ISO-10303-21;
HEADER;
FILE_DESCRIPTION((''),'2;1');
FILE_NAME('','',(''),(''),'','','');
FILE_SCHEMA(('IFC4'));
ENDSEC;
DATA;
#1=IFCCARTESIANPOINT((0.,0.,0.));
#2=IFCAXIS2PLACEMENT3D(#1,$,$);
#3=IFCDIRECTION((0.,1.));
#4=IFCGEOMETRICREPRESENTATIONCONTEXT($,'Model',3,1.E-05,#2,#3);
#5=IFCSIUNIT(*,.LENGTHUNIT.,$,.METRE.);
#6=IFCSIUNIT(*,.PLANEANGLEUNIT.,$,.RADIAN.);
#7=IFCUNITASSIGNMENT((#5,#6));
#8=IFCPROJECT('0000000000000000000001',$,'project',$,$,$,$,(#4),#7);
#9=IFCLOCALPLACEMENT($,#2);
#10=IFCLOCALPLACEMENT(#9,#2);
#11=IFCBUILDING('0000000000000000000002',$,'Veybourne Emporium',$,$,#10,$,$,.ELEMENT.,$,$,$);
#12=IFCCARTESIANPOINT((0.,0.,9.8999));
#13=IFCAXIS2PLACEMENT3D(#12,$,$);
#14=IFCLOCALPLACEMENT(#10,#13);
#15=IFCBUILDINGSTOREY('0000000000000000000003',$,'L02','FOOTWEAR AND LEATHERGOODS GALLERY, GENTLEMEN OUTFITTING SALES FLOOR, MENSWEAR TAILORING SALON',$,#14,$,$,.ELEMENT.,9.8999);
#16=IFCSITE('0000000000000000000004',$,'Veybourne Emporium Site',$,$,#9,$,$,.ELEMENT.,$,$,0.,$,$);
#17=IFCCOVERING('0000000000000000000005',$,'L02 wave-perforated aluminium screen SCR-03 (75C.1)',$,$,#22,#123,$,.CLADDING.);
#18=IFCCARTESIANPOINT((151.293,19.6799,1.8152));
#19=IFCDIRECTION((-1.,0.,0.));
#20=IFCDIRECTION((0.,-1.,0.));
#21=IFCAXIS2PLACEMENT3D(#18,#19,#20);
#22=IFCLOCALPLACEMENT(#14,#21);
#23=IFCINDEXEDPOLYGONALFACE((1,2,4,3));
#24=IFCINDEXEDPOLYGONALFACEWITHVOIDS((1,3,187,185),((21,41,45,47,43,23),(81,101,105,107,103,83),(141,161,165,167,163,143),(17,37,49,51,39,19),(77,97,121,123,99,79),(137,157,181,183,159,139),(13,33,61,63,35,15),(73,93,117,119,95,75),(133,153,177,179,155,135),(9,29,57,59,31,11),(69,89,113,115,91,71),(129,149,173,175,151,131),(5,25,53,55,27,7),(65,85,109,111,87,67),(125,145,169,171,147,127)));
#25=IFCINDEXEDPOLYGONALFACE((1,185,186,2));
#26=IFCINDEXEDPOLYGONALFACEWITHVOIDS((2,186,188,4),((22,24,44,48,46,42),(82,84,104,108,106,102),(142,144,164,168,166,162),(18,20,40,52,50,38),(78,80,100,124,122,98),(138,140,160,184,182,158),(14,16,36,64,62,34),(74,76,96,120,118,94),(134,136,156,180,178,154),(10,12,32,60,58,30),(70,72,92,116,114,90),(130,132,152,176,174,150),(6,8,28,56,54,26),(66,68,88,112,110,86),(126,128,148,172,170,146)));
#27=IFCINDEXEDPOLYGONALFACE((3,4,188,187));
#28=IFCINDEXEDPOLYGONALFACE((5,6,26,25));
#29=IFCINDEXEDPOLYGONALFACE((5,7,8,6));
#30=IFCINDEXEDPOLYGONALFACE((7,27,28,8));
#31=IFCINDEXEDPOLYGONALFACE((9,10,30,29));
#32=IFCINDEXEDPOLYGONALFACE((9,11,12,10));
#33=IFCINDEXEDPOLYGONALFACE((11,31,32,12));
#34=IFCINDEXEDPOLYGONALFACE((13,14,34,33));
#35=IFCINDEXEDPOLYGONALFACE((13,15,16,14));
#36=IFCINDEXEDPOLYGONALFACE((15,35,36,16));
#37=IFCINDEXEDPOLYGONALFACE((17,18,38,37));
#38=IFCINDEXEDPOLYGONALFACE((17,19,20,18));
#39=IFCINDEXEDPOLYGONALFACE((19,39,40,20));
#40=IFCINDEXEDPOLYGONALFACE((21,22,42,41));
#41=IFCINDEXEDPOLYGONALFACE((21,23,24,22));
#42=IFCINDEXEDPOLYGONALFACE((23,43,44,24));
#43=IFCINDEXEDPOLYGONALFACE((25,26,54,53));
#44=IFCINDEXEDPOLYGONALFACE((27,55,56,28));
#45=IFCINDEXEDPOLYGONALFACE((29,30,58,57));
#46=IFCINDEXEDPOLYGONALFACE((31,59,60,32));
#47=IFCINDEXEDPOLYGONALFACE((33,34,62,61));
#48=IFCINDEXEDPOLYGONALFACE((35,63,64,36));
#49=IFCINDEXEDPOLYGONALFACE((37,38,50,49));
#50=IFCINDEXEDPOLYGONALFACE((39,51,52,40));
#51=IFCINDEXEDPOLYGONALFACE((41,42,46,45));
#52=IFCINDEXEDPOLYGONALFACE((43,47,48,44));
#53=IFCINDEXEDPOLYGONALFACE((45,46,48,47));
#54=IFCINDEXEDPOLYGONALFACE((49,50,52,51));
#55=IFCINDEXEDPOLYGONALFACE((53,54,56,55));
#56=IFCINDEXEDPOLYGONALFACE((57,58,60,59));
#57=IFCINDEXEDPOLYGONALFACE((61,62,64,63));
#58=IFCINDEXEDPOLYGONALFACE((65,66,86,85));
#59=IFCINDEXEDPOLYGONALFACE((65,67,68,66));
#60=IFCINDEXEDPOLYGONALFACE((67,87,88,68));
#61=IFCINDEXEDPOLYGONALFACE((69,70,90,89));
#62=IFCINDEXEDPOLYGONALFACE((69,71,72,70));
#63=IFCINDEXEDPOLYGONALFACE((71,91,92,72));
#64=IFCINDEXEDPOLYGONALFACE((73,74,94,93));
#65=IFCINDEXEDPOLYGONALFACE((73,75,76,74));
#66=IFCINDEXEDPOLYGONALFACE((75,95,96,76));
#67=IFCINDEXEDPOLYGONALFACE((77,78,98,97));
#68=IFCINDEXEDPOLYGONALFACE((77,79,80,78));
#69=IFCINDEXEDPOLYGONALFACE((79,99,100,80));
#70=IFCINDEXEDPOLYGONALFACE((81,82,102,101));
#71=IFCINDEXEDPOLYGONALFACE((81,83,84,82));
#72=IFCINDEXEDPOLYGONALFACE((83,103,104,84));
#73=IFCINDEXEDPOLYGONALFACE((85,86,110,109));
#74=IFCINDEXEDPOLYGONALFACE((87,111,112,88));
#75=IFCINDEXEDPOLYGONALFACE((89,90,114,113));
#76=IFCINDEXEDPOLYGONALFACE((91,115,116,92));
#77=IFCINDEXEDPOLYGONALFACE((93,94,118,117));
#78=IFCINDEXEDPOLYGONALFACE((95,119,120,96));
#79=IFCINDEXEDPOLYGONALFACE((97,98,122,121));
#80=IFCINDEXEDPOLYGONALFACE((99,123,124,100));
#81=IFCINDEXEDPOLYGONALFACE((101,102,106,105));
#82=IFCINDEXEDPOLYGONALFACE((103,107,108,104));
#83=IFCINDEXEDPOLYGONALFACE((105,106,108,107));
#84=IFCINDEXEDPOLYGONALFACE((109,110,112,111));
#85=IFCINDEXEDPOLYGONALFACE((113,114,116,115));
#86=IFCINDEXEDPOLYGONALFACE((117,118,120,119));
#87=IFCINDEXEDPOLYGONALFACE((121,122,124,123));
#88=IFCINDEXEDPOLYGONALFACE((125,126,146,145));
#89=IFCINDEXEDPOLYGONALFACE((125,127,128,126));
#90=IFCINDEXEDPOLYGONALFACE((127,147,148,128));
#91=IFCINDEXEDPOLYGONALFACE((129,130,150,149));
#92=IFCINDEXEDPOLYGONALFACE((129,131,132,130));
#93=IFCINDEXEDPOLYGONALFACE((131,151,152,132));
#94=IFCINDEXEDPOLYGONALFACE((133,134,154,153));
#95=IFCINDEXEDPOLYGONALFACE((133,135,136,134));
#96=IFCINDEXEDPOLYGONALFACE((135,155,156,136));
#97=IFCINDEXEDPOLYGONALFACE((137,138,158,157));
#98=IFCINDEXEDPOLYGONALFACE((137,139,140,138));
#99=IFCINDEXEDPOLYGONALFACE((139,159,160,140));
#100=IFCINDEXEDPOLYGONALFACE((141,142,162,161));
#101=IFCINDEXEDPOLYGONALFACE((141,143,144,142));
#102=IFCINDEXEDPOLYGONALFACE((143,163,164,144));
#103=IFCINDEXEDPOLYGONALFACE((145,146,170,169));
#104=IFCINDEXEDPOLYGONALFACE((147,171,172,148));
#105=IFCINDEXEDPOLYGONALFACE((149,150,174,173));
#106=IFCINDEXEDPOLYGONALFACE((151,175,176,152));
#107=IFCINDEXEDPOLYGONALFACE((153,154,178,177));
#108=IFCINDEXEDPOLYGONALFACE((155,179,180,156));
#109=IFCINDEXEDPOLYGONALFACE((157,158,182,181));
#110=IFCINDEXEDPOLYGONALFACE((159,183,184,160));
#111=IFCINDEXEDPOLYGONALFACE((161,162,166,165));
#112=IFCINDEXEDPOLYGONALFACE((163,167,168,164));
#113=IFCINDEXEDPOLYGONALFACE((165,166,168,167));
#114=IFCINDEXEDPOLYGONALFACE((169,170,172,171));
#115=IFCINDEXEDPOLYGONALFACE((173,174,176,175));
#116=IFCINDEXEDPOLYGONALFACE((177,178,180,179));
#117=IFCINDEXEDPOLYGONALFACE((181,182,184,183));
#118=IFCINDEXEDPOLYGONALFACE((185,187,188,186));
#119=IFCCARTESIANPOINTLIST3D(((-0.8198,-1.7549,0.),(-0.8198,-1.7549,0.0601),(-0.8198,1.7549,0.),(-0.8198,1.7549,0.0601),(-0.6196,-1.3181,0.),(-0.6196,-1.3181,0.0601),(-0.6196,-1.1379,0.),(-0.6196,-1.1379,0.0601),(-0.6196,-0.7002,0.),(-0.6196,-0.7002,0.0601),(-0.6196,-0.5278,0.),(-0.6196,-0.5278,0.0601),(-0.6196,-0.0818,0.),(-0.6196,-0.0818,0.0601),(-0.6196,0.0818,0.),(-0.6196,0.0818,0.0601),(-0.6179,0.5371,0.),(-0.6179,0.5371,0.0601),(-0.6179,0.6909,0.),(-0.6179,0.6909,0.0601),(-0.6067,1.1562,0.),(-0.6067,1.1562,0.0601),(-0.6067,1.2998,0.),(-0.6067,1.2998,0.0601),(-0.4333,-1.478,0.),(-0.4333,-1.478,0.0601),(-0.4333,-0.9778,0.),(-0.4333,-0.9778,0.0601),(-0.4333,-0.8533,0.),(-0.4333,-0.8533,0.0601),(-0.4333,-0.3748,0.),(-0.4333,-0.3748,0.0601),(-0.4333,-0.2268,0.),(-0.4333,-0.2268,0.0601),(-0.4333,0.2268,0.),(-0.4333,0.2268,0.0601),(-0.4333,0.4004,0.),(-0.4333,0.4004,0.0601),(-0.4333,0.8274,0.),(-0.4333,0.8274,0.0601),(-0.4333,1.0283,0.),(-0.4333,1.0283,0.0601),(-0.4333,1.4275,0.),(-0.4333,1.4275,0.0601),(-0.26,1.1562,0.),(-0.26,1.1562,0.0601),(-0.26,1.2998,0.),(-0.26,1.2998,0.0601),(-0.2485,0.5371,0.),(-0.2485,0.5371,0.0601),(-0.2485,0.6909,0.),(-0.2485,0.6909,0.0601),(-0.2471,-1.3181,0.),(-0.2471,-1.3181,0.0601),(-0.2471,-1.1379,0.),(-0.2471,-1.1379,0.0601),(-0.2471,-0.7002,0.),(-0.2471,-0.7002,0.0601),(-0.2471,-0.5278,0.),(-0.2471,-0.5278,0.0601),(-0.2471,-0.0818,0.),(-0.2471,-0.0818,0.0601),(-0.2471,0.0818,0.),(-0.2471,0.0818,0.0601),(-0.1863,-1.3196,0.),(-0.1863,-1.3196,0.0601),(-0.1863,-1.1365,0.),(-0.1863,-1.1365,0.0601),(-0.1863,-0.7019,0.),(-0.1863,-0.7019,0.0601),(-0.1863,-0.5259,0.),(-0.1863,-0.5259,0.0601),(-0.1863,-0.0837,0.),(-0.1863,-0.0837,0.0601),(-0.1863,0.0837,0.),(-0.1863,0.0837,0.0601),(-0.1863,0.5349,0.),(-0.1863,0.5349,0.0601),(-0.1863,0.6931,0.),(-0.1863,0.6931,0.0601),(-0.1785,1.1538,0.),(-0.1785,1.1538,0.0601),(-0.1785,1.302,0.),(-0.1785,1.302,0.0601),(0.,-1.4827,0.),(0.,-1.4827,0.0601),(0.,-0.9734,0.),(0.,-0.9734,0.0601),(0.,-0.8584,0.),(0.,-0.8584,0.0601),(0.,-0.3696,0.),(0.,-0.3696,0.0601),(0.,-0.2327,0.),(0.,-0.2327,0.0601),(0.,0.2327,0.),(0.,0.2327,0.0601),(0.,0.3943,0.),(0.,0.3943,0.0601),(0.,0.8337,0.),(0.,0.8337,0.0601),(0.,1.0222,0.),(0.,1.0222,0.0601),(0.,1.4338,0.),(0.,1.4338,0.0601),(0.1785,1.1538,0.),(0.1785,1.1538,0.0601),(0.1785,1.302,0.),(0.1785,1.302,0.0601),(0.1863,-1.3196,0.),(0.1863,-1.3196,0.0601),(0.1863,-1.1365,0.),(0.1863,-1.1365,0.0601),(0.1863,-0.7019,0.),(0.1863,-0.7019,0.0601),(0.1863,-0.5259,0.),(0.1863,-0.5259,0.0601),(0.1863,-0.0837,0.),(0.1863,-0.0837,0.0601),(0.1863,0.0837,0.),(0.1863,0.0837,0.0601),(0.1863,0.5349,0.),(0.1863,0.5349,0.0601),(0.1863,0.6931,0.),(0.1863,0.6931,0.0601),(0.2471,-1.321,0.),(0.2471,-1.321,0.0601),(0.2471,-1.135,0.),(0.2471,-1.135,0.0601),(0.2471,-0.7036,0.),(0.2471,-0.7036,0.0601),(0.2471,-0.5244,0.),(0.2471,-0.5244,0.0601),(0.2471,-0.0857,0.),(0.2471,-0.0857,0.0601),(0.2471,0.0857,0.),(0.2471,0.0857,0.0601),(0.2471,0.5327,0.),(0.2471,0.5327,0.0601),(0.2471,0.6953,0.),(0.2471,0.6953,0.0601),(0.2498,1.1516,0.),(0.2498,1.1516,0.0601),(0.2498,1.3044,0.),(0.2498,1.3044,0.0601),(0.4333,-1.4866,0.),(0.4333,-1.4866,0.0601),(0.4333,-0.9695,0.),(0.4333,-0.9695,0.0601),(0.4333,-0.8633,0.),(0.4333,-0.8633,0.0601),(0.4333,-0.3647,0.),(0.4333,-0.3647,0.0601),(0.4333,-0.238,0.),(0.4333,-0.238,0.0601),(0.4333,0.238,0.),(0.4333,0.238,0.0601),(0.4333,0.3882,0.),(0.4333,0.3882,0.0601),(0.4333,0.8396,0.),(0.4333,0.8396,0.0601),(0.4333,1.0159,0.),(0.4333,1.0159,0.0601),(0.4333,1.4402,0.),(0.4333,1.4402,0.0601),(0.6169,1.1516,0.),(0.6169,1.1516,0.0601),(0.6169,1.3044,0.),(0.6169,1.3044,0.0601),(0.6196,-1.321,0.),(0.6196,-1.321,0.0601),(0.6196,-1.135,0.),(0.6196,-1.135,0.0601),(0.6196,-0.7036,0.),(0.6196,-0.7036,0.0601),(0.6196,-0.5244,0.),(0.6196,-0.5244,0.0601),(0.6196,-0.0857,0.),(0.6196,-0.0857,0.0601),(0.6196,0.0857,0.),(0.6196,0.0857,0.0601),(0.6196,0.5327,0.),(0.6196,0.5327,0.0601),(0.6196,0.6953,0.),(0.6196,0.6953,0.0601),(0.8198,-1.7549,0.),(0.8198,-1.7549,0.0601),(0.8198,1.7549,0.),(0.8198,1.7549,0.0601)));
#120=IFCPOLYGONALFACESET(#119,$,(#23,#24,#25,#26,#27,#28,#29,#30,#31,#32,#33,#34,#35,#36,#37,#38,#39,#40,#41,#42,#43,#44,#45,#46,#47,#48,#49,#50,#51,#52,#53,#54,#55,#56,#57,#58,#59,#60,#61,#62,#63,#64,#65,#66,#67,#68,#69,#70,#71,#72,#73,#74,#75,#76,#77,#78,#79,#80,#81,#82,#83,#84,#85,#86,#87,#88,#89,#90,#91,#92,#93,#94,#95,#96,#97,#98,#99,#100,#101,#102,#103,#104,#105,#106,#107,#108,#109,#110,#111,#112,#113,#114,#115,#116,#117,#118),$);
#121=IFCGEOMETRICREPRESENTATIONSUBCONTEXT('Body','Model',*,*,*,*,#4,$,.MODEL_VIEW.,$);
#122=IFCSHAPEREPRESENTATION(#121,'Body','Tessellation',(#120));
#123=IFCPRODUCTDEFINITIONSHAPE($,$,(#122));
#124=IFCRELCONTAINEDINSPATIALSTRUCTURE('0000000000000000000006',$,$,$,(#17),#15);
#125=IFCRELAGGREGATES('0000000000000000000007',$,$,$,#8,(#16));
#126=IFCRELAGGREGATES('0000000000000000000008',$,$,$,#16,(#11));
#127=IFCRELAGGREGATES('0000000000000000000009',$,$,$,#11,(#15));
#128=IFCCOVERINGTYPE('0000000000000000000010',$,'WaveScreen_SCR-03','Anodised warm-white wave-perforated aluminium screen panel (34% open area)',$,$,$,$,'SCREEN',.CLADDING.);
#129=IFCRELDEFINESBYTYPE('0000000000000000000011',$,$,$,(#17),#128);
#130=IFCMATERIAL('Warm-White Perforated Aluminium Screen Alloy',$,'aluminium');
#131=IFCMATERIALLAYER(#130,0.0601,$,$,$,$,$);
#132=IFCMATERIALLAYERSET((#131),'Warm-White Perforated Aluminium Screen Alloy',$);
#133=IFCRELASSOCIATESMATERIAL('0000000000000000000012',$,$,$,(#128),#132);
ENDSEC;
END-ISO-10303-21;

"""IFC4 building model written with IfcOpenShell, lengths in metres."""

from ifc_helpers import new_model, si_unit, direction, frame, origin, place, context, subcontext, project, spatial, polyline, outline, extrude, material, layer, layer_set, type_object, element, save


model = new_model("IFC4")

# Units and contexts
model_context = context("Model", 3, precision=1e-05, world=origin(), true_north=direction((0.0, 1.0)))
body_context = subcontext(model_context, "Body", "Model", "MODEL_VIEW")
ifc_project = project(units=[si_unit("LENGTHUNIT", "METRE"), si_unit("PLANEANGLEUNIT", "RADIAN")], contexts=[model_context])

# Site, building, storey
site_placement = place(None, origin())
site = spatial("IfcSite", under=ifc_project, at=site_placement, Name="Veybourne Emporium Site", CompositionType="ELEMENT", RefElevation=0.0)
building_placement = place(site_placement, origin())
building = spatial("IfcBuilding", under=site, at=building_placement, Name="Veybourne Emporium", CompositionType="ELEMENT")
storey_placement = place(building_placement, frame((0.0, 0.0, 9.8999)))
storey = spatial("IfcBuildingStorey", under=building, at=storey_placement, Name="L02", Description="FOOTWEAR AND LEATHERGOODS GALLERY, GENTLEMEN OUTFITTING SALES FLOOR, MENSWEAR TAILORING SALON", CompositionType="ELEMENT", Elevation=9.8999)

# Covering
ifc_material_1 = material(Name="Warm-White Perforated Aluminium Screen Alloy", Category="aluminium")
ifc_layer_1 = layer(ifc_material_1, 0.0601)
ifc_layer_set_1 = layer_set([ifc_layer_1], Name="Warm-White Perforated Aluminium Screen Alloy")
covering_type_1 = type_object("IfcCoveringType", Name="WaveScreen_SCR-03", Description="Anodised warm-white wave-perforated aluminium screen panel (34% open area)", ElementType="SCREEN", PredefinedType="CLADDING", material=ifc_layer_set_1)
covering_1_placement = place(storey_placement, frame((151.293, 19.6799, 1.8152), z_axis=(-1.0, 0.0, 0.0), x_axis=(0.0, -1.0, 0.0)))
element("IfcCovering", 1, at=covering_1_placement, inside=storey, type_object=covering_type_1, Name="L02 wave-perforated aluminium screen SCR-03 (75C.1)", PredefinedType="CLADDING", context=body_context, shape_type="SweptSolid", body=[
    extrude(outline(polyline([(-0.8198, -1.7549), (0.8198, -1.7549), (0.8198, 1.7549), (-0.8198, 1.7549), (-0.8198, -1.7549)]), holes=[polyline([(-0.4333, -0.9778), (-0.2471, -1.1379), (-0.2471, -1.3181), (-0.4333, -1.478), (-0.6196, -1.3181), (-0.6196, -1.1379), (-0.4333, -0.9778)]), polyline([(-0.4333, -0.3748), (-0.2471, -0.5278), (-0.2471, -0.7002), (-0.4333, -0.8533), (-0.6196, -0.7002), (-0.6196, -0.5278), (-0.4333, -0.3748)]), polyline([(-0.4333, 0.2268), (-0.2471, 0.0818), (-0.2471, -0.0818), (-0.4333, -0.2268), (-0.6196, -0.0818), (-0.6196, 0.0818), (-0.4333, 0.2268)]), polyline([(-0.4333, 0.8274), (-0.2485, 0.6909), (-0.2485, 0.5371), (-0.4333, 0.4004), (-0.6179, 0.5371), (-0.6179, 0.6909), (-0.4333, 0.8274)]), polyline([(-0.4333, 1.4275), (-0.26, 1.2998), (-0.26, 1.1562), (-0.4333, 1.0283), (-0.6067, 1.1562), (-0.6067, 1.2998), (-0.4333, 1.4275)]), polyline([(0.0, -0.9734), (0.1863, -1.1365), (0.1863, -1.3196), (0.0, -1.4827), (-0.1863, -1.3196), (-0.1863, -1.1365), (0.0, -0.9734)]), polyline([(0.0, -0.3696), (0.1863, -0.5259), (0.1863, -0.7019), (0.0, -0.8584), (-0.1863, -0.7019), (-0.1863, -0.5259), (0.0, -0.3696)]), polyline([(0.0, 0.2327), (0.1863, 0.0837), (0.1863, -0.0837), (0.0, -0.2327), (-0.1863, -0.0837), (-0.1863, 0.0837), (0.0, 0.2327)]), polyline([(0.0, 0.8337), (0.1863, 0.6931), (0.1863, 0.5349), (0.0, 0.3943), (-0.1863, 0.5349), (-0.1863, 0.6931), (0.0, 0.8337)]), polyline([(0.0, 1.4338), (0.1785, 1.302), (0.1785, 1.1538), (0.0, 1.0222), (-0.1785, 1.1538), (-0.1785, 1.302), (0.0, 1.4338)]), polyline([(0.4333, -0.9695), (0.6196, -1.135), (0.6196, -1.321), (0.4333, -1.4866), (0.2471, -1.321), (0.2471, -1.135), (0.4333, -0.9695)]), polyline([(0.4333, -0.3647), (0.6196, -0.5244), (0.6196, -0.7036), (0.4333, -0.8633), (0.2471, -0.7036), (0.2471, -0.5244), (0.4333, -0.3647)]), polyline([(0.4333, 0.238), (0.6196, 0.0857), (0.6196, -0.0857), (0.4333, -0.238), (0.2471, -0.0857), (0.2471, 0.0857), (0.4333, 0.238)]), polyline([(0.4333, 0.8396), (0.6196, 0.6953), (0.6196, 0.5327), (0.4333, 0.3882), (0.2471, 0.5327), (0.2471, 0.6953), (0.4333, 0.8396)]), polyline([(0.4333, 1.4402), (0.6169, 1.3044), (0.6169, 1.1516), (0.4333, 1.0159), (0.2498, 1.1516), (0.2498, 1.3044), (0.4333, 1.4402)])]), origin(), (0.0, 0.0, 1.0), 0.0601),
])

save(model, "model.ifc")
